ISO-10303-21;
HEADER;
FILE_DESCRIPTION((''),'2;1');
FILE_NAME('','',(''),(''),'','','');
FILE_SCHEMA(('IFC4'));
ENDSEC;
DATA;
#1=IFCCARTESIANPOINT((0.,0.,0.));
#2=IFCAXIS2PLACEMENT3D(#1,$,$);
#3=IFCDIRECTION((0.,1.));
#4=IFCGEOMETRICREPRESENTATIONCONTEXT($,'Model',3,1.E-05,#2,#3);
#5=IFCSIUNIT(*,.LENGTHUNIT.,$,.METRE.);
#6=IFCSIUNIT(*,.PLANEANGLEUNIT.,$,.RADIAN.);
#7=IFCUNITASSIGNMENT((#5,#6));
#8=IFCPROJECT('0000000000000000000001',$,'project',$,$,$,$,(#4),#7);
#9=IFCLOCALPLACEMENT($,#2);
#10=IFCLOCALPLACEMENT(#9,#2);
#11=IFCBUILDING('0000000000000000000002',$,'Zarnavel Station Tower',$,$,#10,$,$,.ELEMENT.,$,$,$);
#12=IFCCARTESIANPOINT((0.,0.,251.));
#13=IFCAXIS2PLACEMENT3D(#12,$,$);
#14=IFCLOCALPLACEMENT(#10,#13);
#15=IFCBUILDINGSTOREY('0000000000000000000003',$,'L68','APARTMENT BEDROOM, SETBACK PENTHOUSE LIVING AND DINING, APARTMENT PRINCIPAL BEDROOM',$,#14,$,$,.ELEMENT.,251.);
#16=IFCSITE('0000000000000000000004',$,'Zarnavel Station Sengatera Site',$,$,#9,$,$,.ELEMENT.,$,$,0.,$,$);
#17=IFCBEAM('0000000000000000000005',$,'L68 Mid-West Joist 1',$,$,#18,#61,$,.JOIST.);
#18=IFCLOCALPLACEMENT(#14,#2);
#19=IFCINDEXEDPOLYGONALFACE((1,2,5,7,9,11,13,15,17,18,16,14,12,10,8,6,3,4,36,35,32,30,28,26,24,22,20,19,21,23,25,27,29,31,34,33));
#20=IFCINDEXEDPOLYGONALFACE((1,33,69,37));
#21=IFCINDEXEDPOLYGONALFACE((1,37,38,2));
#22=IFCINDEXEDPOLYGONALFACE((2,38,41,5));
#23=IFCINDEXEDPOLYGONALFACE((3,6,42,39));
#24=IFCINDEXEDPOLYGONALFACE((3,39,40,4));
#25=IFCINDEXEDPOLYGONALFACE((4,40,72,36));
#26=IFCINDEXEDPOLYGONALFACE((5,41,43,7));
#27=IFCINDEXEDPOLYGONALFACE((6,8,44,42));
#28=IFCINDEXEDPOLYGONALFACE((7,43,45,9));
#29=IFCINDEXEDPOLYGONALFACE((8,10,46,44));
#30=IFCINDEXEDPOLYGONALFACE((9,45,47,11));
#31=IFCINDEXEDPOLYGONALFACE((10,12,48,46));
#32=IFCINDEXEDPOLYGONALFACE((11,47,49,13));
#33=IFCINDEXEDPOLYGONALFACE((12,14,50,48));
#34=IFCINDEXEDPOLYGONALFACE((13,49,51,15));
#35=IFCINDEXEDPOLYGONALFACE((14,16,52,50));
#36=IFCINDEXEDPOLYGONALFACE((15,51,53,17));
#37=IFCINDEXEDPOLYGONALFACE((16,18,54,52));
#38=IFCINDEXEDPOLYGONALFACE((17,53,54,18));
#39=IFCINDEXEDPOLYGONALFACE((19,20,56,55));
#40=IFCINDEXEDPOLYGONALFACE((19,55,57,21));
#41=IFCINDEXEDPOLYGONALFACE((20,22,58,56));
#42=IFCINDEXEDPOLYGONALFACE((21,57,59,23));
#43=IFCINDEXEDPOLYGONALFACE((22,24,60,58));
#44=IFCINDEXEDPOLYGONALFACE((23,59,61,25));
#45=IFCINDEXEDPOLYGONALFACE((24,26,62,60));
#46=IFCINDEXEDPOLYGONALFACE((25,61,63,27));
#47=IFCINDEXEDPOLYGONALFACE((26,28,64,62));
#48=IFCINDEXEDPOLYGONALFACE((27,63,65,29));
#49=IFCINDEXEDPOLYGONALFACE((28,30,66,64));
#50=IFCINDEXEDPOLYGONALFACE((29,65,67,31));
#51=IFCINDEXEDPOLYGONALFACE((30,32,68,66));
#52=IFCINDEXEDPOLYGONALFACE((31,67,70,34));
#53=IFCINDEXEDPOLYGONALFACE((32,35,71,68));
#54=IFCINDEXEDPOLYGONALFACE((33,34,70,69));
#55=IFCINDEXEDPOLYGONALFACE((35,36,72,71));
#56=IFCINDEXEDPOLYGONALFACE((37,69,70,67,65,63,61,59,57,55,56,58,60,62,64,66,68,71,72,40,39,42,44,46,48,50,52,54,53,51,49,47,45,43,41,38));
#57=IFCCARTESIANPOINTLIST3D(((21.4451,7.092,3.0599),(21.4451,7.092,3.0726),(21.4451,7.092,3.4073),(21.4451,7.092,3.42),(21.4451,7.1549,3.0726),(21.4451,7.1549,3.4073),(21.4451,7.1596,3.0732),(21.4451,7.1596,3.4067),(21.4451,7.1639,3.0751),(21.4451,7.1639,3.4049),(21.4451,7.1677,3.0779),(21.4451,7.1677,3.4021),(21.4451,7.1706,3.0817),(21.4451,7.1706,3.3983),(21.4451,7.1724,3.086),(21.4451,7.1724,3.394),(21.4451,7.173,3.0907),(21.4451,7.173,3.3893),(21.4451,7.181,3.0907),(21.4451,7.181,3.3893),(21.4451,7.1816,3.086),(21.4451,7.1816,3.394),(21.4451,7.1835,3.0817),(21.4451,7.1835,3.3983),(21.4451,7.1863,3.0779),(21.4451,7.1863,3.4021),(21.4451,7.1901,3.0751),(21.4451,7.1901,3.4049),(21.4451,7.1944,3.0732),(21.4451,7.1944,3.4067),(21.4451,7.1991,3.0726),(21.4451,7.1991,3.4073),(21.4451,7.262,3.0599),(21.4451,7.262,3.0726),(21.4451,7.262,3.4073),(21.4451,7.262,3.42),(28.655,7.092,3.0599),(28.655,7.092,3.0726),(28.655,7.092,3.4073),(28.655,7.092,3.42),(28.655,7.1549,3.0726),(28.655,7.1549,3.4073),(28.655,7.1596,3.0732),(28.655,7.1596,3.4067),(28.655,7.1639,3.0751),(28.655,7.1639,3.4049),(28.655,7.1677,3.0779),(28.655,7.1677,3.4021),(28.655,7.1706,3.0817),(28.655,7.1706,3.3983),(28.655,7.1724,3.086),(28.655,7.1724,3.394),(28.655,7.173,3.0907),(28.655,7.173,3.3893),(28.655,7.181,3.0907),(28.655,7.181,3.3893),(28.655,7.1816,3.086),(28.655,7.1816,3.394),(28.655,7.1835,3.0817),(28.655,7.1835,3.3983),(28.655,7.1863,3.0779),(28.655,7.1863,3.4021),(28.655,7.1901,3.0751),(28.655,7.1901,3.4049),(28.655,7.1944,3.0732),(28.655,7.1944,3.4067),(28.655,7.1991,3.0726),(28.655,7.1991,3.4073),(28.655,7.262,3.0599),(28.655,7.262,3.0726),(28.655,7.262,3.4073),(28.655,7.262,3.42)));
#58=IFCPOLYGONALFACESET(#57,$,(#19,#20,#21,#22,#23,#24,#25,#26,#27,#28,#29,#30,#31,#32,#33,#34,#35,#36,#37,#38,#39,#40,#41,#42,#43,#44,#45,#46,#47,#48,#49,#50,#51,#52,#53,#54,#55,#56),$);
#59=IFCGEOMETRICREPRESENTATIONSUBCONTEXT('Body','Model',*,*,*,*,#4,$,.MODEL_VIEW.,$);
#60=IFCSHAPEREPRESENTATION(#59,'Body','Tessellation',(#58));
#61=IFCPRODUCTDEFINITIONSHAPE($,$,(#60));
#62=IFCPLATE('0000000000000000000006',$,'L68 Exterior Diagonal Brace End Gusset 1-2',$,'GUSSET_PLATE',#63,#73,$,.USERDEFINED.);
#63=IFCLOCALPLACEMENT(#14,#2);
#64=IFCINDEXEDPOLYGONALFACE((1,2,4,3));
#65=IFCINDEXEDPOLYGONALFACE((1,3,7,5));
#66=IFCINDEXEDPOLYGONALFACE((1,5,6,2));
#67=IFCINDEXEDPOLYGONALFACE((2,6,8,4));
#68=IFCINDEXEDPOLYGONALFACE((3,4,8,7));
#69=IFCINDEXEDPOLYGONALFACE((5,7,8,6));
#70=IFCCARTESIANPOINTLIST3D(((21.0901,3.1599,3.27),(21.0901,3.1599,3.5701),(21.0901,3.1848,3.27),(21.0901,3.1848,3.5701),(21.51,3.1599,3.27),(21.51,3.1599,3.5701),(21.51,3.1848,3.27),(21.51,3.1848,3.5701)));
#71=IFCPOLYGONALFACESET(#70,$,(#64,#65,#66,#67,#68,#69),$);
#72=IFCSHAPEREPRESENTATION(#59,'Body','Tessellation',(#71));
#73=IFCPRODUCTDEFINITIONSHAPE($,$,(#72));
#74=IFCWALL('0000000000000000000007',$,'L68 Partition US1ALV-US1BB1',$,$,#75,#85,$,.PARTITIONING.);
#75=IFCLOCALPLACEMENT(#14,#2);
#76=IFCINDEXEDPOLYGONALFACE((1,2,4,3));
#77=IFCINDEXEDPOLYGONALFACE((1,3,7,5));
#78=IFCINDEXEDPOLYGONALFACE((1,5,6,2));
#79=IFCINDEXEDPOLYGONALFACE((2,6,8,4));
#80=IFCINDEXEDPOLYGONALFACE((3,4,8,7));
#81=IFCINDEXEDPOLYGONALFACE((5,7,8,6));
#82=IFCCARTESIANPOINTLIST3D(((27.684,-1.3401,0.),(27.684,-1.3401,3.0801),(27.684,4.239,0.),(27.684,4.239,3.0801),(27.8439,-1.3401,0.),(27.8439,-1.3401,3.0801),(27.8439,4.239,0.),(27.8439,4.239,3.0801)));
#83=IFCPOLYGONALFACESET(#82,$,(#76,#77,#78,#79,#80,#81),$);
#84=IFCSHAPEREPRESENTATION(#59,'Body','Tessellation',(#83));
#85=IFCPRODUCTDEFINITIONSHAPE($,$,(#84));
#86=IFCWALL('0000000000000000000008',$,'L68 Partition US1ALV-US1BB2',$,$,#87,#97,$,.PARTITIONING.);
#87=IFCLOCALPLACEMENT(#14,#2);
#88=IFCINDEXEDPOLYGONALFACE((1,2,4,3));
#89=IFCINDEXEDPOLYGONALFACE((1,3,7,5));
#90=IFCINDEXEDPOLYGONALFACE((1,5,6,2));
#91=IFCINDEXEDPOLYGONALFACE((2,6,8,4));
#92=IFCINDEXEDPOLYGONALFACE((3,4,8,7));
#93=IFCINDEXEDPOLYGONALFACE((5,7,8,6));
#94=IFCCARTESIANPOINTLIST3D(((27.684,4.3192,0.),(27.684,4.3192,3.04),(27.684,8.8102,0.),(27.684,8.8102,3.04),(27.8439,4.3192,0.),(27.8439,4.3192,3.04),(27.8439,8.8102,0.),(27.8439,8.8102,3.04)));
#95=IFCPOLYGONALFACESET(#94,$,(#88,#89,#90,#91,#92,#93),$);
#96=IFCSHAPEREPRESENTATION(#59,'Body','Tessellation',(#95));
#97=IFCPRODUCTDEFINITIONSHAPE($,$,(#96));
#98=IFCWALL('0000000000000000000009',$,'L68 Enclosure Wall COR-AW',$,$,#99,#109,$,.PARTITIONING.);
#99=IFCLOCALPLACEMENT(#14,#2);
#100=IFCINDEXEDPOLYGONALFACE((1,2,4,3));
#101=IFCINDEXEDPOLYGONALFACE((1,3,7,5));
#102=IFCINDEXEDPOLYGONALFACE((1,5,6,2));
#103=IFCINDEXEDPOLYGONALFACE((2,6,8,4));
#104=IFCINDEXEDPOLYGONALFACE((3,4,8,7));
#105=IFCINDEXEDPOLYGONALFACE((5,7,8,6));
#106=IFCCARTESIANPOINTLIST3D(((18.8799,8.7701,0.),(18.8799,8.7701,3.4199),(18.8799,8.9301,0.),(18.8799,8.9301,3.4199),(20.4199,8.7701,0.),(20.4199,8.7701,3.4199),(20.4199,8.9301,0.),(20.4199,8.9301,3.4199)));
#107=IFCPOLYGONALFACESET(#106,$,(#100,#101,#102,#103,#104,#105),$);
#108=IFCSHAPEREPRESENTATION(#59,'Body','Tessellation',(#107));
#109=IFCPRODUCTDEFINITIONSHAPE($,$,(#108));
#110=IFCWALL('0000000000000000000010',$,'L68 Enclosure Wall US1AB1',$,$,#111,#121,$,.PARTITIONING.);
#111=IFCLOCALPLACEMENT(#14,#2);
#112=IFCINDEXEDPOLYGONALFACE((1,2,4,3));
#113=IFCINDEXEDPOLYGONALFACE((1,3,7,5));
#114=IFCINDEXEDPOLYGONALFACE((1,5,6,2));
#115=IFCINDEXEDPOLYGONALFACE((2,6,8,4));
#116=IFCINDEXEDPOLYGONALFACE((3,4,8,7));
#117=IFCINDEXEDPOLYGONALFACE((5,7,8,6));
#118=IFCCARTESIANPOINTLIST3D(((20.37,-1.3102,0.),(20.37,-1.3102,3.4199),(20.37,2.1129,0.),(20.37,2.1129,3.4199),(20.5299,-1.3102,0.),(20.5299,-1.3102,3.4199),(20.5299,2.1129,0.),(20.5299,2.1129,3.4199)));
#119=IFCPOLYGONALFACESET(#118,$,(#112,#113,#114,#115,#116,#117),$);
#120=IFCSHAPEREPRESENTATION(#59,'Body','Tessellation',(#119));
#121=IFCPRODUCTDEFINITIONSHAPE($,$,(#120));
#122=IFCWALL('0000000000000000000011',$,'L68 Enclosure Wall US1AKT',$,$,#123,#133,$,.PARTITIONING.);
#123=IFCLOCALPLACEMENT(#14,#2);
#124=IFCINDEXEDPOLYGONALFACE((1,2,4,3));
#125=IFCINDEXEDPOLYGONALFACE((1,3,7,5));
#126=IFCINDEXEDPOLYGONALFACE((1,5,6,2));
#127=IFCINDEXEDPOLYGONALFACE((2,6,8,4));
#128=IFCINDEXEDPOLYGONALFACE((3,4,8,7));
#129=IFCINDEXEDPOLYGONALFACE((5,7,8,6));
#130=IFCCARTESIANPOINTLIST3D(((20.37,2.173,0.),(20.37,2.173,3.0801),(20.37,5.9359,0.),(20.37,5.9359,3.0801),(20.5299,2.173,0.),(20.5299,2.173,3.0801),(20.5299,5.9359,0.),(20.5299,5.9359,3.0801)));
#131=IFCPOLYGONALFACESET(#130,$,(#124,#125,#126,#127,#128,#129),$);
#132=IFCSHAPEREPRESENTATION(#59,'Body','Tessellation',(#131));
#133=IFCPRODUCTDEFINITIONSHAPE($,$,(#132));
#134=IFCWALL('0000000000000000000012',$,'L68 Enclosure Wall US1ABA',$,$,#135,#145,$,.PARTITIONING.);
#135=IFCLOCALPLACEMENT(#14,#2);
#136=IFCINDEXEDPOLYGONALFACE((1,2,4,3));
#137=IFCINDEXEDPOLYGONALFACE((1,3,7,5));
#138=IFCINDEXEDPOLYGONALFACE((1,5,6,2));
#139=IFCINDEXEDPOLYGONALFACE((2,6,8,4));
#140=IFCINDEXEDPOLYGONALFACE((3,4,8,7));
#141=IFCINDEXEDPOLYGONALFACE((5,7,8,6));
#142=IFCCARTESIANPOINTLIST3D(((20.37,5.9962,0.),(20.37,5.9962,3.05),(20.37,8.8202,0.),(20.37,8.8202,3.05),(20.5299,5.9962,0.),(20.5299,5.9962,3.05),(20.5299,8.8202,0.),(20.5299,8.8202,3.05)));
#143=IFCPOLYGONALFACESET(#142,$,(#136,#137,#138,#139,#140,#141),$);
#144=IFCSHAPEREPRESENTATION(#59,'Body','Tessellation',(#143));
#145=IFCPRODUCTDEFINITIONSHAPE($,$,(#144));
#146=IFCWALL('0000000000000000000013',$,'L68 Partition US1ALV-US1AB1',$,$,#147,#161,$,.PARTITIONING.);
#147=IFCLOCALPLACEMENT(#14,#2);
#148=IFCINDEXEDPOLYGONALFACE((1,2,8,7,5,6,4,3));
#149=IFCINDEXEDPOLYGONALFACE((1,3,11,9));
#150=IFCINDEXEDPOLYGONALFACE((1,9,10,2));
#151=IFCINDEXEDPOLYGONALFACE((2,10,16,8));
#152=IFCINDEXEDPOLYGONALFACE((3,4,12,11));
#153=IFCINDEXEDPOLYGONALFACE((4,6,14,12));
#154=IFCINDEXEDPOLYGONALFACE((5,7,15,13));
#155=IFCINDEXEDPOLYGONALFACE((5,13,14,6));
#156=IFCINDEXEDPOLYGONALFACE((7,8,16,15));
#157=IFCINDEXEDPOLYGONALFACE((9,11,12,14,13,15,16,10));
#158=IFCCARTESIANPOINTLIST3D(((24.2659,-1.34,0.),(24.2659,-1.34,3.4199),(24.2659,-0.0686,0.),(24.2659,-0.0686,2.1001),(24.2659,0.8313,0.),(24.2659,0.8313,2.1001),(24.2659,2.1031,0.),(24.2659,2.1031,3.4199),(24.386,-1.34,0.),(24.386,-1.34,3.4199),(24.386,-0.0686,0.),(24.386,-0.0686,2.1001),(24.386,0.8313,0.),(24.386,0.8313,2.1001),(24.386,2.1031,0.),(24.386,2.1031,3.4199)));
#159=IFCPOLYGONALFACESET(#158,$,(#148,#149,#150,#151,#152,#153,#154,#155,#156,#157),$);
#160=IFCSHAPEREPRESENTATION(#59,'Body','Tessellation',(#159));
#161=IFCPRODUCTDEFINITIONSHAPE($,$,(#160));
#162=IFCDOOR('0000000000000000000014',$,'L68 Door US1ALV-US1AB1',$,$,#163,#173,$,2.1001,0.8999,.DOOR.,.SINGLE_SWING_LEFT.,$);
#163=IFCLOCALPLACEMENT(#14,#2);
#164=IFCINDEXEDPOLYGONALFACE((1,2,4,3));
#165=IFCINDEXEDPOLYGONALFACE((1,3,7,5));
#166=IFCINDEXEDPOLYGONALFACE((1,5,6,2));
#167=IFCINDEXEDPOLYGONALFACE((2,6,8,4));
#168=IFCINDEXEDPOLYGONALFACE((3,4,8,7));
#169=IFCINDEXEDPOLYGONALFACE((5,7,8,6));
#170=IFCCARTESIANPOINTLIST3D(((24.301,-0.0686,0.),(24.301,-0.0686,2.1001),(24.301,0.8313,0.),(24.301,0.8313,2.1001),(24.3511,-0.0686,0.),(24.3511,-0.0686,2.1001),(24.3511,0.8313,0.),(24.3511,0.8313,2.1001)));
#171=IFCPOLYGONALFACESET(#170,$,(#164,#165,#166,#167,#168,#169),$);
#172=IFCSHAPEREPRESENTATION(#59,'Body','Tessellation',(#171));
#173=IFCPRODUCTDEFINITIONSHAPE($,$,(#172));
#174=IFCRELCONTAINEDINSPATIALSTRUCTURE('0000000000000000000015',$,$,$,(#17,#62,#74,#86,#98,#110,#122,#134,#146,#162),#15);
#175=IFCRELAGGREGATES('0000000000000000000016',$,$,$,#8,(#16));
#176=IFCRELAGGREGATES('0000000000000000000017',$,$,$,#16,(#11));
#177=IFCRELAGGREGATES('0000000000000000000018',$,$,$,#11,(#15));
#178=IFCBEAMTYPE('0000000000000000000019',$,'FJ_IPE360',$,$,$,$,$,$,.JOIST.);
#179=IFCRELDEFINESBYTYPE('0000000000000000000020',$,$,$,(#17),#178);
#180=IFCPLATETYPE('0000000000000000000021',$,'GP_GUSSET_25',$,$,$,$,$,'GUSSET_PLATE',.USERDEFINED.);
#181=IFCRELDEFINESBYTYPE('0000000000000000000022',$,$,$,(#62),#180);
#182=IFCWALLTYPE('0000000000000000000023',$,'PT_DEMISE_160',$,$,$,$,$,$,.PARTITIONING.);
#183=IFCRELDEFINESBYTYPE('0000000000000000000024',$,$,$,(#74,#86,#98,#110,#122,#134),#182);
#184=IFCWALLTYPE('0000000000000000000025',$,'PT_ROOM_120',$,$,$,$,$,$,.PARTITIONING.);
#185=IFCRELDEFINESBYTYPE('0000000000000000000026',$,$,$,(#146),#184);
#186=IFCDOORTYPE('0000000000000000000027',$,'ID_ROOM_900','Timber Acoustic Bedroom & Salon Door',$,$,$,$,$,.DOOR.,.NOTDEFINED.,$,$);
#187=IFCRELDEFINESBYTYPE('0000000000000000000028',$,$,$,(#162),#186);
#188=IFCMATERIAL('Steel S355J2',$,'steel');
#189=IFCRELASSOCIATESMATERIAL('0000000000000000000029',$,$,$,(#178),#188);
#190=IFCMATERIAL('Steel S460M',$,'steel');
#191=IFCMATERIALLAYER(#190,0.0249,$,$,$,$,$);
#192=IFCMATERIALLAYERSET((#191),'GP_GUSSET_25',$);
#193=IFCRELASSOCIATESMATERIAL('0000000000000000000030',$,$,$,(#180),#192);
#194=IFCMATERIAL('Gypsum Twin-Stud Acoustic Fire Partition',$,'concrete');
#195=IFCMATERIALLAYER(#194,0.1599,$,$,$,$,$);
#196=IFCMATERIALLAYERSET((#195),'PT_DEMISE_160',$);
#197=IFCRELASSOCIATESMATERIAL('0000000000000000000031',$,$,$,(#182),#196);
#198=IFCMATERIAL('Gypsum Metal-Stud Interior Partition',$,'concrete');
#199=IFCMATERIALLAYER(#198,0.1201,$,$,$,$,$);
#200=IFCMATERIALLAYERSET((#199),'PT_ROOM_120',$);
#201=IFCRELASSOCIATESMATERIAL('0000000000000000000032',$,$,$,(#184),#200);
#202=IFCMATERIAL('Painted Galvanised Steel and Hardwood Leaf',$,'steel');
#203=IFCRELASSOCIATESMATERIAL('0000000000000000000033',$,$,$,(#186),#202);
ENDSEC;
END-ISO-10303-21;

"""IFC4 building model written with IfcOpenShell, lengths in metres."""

from ifc_helpers import new_model, si_unit, direction, frame, frame_2d, origin, origin_2d, place, context, subcontext, project, spatial, rectangle, i_section, extrude, material, layer, layer_set, material_profile, profile_set, type_object, element, fill, save


model = new_model("IFC4")

# Units and contexts
model_context = context("Model", 3, precision=1e-05, world=origin(), true_north=direction((0.0, 1.0)))
body_context = subcontext(model_context, "Body", "Model", "MODEL_VIEW")
ifc_project = project(units=[si_unit("LENGTHUNIT", "METRE"), si_unit("PLANEANGLEUNIT", "RADIAN")], contexts=[model_context])

# Site, building, storey
site_placement = place(None, origin())
site = spatial("IfcSite", under=ifc_project, at=site_placement, Name="Zarnavel Station Sengatera Site", CompositionType="ELEMENT", RefElevation=0.0)
building_placement = place(site_placement, origin())
building = spatial("IfcBuilding", under=site, at=building_placement, Name="Zarnavel Station Tower", CompositionType="ELEMENT")
storey_placement = place(building_placement, frame((0.0, 0.0, 251.0)))
storey = spatial("IfcBuildingStorey", under=building, at=storey_placement, Name="L68", Description="APARTMENT BEDROOM, SETBACK PENTHOUSE LIVING AND DINING, APARTMENT PRINCIPAL BEDROOM", CompositionType="ELEMENT", Elevation=251.0)

# Beam
ifc_material_1 = material(Name="Steel S355J2", Category="steel")
ifc_material_profile_1 = material_profile(ifc_material_1, i_section(OverallWidth=0.1699, OverallDepth=0.3601, WebThickness=0.0081, FlangeThickness=0.0127, FilletRadius=0.0181, at=origin_2d()), Name="IPE360")
ifc_profile_set_1 = profile_set([ifc_material_profile_1], Name="Steel S355J2")
beam_type_1 = type_object("IfcBeamType", Name="FJ_IPE360", PredefinedType="JOIST", material=ifc_profile_set_1)
beam_1_placement = place(storey_placement, frame((21.4451, 7.177, 3.24), z_axis=(1.0, 0.0, 0.0), x_axis=(0.0, 1.0, 0.0)))
element("IfcBeam", 1, at=beam_1_placement, inside=storey, type_object=beam_type_1, Name="L68 Mid-West Joist 1", PredefinedType="JOIST", context=body_context, shape_type="SweptSolid", body=[
    extrude(i_section(OverallWidth=0.1699, OverallDepth=0.3601, WebThickness=0.0081, FlangeThickness=0.0127, FilletRadius=0.0181, at=origin_2d()), origin(), (0.0, 0.0, 1.0), 7.21),
])

# Plate
ifc_material_2 = material(Name="Steel S460M", Category="steel")
ifc_layer_1 = layer(ifc_material_2, 0.0249)
ifc_layer_set_1 = layer_set([ifc_layer_1], Name="GP_GUSSET_25")
plate_type = type_object("IfcPlateType", Name="GP_GUSSET_25", ElementType="GUSSET_PLATE", PredefinedType="USERDEFINED", material=ifc_layer_set_1)
plate_placement = place(storey_placement, frame((21.3, 3.1724, 3.27), z_axis=(0.0, 0.0, 1.0), x_axis=(1.0, 0.0, 0.0)))
element("IfcPlate", 2, at=plate_placement, inside=storey, type_object=plate_type, Name="L68 Exterior Diagonal Brace End Gusset 1-2", ObjectType="GUSSET_PLATE", PredefinedType="USERDEFINED", context=body_context, shape_type="SweptSolid", body=[
    extrude(rectangle(XDim=0.4199, YDim=0.0249, at=origin_2d()), origin(), (0.0, 0.0, 1.0), 0.3),
])

# Shared definitions
ifc_material_3 = material(Name="Gypsum Twin-Stud Acoustic Fire Partition", Category="concrete")
ifc_layer_2 = layer(ifc_material_3, 0.1599)
ifc_layer_set_2 = layer_set([ifc_layer_2], Name="PT_DEMISE_160")
wall_type_1 = type_object("IfcWallType", Name="PT_DEMISE_160", PredefinedType="PARTITIONING", material=ifc_layer_set_2)

# Walls
wall_1_placement = place(storey_placement, frame((27.7639, -1.3401, 0.0), z_axis=(0.0, 0.0, 1.0), x_axis=(0.0, 1.0, 0.0)))
element("IfcWall", 3, at=wall_1_placement, inside=storey, type_object=wall_type_1, Name="L68 Partition US1ALV-US1BB1", PredefinedType="PARTITIONING", context=body_context, shape_type="SweptSolid", body=[
    extrude(rectangle(XDim=5.5791, YDim=0.1599, at=frame_2d((2.7896, 0.0))), origin(), (0.0, 0.0, 1.0), 3.0801),
])
wall_2_placement = place(storey_placement, frame((27.7639, 4.3191, 0.0), z_axis=(0.0, 0.0, 1.0), x_axis=(0.0, 1.0, 0.0)))
element("IfcWall", 4, at=wall_2_placement, inside=storey, type_object=wall_type_1, Name="L68 Partition US1ALV-US1BB2", PredefinedType="PARTITIONING", context=body_context, shape_type="SweptSolid", body=[
    extrude(rectangle(XDim=4.491, YDim=0.1599, at=frame_2d((2.2456, 0.0))), origin(), (0.0, 0.0, 1.0), 3.04),
])
wall_3_placement = place(storey_placement, frame((18.8799, 8.8501, 0.0), z_axis=(0.0, 0.0, 1.0), x_axis=(1.0, 0.0, 0.0)))
element("IfcWall", 5, at=wall_3_placement, inside=storey, type_object=wall_type_1, Name="L68 Enclosure Wall COR-AW", PredefinedType="PARTITIONING", context=body_context, shape_type="SweptSolid", body=[
    extrude(rectangle(XDim=1.54, YDim=0.1599, at=frame_2d((0.77, 0.0))), origin(), (0.0, 0.0, 1.0), 3.4199),
])
wall_4_placement = place(storey_placement, frame((20.45, -1.3101, 0.0), z_axis=(0.0, 0.0, 1.0), x_axis=(0.0, 1.0, 0.0)))
element("IfcWall", 6, at=wall_4_placement, inside=storey, type_object=wall_type_1, Name="L68 Enclosure Wall US1AB1", PredefinedType="PARTITIONING", context=body_context, shape_type="SweptSolid", body=[
    extrude(rectangle(XDim=3.4231, YDim=0.1599, at=frame_2d((1.7114, 0.0))), origin(), (0.0, 0.0, 1.0), 3.4199),
])
wall_5_placement = place(storey_placement, frame((20.45, 2.1731, 0.0), z_axis=(0.0, 0.0, 1.0), x_axis=(0.0, 1.0, 0.0)))
element("IfcWall", 7, at=wall_5_placement, inside=storey, type_object=wall_type_1, Name="L68 Enclosure Wall US1AKT", PredefinedType="PARTITIONING", context=body_context, shape_type="SweptSolid", body=[
    extrude(rectangle(XDim=3.7629, YDim=0.1599, at=frame_2d((1.8813, 0.0))), origin(), (0.0, 0.0, 1.0), 3.0801),
])
wall_6_placement = place(storey_placement, frame((20.45, 5.9961, 0.0), z_axis=(0.0, 0.0, 1.0), x_axis=(0.0, 1.0, 0.0)))
element("IfcWall", 8, at=wall_6_placement, inside=storey, type_object=wall_type_1, Name="L68 Enclosure Wall US1ABA", PredefinedType="PARTITIONING", context=body_context, shape_type="SweptSolid", body=[
    extrude(rectangle(XDim=2.824, YDim=0.1599, at=frame_2d((1.4121, 0.0))), origin(), (0.0, 0.0, 1.0), 3.05),
])

# Wall, opening, door
ifc_material_4 = material(Name="Gypsum Metal-Stud Interior Partition", Category="concrete")
ifc_layer_3 = layer(ifc_material_4, 0.1201)
ifc_layer_set_3 = layer_set([ifc_layer_3], Name="PT_ROOM_120")
wall_type_2 = type_object("IfcWallType", Name="PT_ROOM_120", PredefinedType="PARTITIONING", material=ifc_layer_set_3)
wall_7_placement = place(storey_placement, frame((24.3259, -1.3401, 0.0), z_axis=(0.0, 0.0, 1.0), x_axis=(0.0, 1.0, 0.0)))
wall_7 = element("IfcWall", 9, at=wall_7_placement, inside=storey, type_object=wall_type_2, Name="L68 Partition US1ALV-US1AB1", PredefinedType="PARTITIONING", context=body_context, shape_type="SweptSolid", body=[
    extrude(rectangle(XDim=3.4431, YDim=0.1201, at=frame_2d((1.7217, 0.0))), origin(), (0.0, 0.0, 1.0), 3.4199),
])
opening_1_placement = place(wall_7_placement, frame((1.2715, 0.0, 0.0)))
opening_1 = element("IfcOpeningElement", 10, at=opening_1_placement, cuts=wall_7, PredefinedType="OPENING", context=body_context, shape_type="SweptSolid", body=[
    extrude(rectangle(XDim=0.8999, YDim=2.1001, at=frame_2d((0.45, 1.05))), frame((0.0, 0.0701, 0.0), z_axis=(0.0, -1.0, 0.0), x_axis=(1.0, 0.0, 0.0)), (0.0, 0.0, 1.0), 0.1401),
])
ifc_material_5 = material(Name="Painted Galvanised Steel and Hardwood Leaf", Category="steel")
door_type_1 = type_object("IfcDoorType", Name="ID_ROOM_900", Description="Timber Acoustic Bedroom & Salon Door", OperationType="NOTDEFINED", PredefinedType="DOOR", material=ifc_material_5)
door_1_placement = place(opening_1_placement, origin())
door_1 = element("IfcDoor", 11, at=door_1_placement, inside=storey, type_object=door_type_1, Name="L68 Door US1ALV-US1AB1", OperationType="SINGLE_SWING_LEFT", OverallHeight=2.1001, OverallWidth=0.8999, PredefinedType="DOOR", context=body_context, shape_type="SweptSolid", body=[
    extrude(rectangle(XDim=0.8999, YDim=2.1001, at=frame_2d((0.45, 1.05))), frame((0.0, 0.0249, 0.0), z_axis=(0.0, -1.0, 0.0), x_axis=(1.0, 0.0, 0.0)), (0.0, 0.0, 1.0), 0.05),
])
fill(opening_1, door_1)

save(model, "model.ifc")
